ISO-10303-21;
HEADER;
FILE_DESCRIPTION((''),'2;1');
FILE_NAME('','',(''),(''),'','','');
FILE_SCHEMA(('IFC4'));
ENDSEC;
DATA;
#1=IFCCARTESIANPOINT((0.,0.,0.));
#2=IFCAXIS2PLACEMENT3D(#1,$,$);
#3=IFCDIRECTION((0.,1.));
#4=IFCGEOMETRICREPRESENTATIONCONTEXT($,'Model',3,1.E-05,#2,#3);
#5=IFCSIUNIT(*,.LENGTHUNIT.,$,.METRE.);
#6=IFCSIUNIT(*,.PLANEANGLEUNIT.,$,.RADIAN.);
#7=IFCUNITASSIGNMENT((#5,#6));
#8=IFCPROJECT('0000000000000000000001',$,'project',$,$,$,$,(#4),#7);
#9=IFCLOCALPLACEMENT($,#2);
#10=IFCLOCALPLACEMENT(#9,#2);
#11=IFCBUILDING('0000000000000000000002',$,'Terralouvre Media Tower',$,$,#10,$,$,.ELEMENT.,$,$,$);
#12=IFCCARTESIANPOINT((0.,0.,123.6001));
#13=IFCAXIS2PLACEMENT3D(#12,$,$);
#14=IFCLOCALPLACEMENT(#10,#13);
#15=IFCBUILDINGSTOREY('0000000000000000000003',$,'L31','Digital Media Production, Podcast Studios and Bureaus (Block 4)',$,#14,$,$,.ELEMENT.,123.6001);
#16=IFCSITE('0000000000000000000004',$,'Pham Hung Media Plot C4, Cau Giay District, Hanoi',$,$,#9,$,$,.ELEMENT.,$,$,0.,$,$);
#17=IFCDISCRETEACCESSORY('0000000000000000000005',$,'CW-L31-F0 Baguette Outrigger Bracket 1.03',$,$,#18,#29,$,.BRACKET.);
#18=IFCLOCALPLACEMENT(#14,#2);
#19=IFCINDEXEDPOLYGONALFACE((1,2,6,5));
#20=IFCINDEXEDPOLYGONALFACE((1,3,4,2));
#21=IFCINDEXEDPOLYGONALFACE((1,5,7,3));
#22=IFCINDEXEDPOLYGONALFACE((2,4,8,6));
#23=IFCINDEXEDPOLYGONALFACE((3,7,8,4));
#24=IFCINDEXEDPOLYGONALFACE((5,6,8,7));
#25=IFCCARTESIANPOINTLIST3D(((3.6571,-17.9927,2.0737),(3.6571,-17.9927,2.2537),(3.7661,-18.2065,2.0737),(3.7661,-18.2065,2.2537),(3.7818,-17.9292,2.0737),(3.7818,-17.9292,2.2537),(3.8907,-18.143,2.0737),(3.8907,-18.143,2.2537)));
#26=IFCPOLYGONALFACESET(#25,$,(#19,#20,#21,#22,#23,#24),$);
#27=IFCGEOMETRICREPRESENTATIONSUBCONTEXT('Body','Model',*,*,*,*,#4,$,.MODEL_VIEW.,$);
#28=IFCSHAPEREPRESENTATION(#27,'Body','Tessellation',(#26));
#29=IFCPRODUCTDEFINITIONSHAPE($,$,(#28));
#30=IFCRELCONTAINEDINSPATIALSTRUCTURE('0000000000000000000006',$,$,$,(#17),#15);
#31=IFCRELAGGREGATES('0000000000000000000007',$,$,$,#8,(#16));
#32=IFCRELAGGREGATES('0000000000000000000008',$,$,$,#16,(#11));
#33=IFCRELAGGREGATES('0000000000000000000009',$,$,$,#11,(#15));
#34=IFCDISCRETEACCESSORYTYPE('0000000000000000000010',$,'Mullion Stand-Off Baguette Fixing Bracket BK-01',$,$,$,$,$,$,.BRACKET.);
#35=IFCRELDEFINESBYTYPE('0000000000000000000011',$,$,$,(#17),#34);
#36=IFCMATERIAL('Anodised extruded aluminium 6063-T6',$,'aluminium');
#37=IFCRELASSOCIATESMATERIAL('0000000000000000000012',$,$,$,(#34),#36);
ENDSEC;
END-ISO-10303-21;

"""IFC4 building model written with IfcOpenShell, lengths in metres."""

from ifc_helpers import new_model, si_unit, direction, frame, origin, origin_2d, place, context, subcontext, project, spatial, rectangle, extrude, material, type_object, element, save


model = new_model("IFC4")

# Units and contexts
model_context = context("Model", 3, precision=1e-05, world=origin(), true_north=direction((0.0, 1.0)))
body_context = subcontext(model_context, "Body", "Model", "MODEL_VIEW")
ifc_project = project(units=[si_unit("LENGTHUNIT", "METRE"), si_unit("PLANEANGLEUNIT", "RADIAN")], contexts=[model_context])

# Site, building, storey
site_placement = place(None, origin())
site = spatial("IfcSite", under=ifc_project, at=site_placement, Name="Pham Hung Media Plot C4, Cau Giay District, Hanoi", CompositionType="ELEMENT", RefElevation=0.0)
building_placement = place(site_placement, origin())
building = spatial("IfcBuilding", under=site, at=building_placement, Name="Terralouvre Media Tower", CompositionType="ELEMENT")
storey_placement = place(building_placement, frame((0.0, 0.0, 123.6001)))
storey = spatial("IfcBuildingStorey", under=building, at=storey_placement, Name="L31", Description="Digital Media Production, Podcast Studios and Bureaus (Block 4)", CompositionType="ELEMENT", Elevation=123.6001)

# Discrete accessory
ifc_material_1 = material(Name="Anodised extruded aluminium 6063-T6", Category="aluminium")
discrete_accessory_type = type_object("IfcDiscreteAccessoryType", Name="Mullion Stand-Off Baguette Fixing Bracket BK-01", PredefinedType="BRACKET", material=ifc_material_1)
discrete_accessory_placement = place(storey_placement, frame((3.7739, -18.0679, 2.0737), z_axis=(0.0, 0.0, 1.0), x_axis=(0.891007, 0.453991, 0.0)))
element("IfcDiscreteAccessory", 1, at=discrete_accessory_placement, inside=storey, type_object=discrete_accessory_type, Name="CW-L31-F0 Baguette Outrigger Bracket 1.03", PredefinedType="BRACKET", context=body_context, shape_type="SweptSolid", body=[
    extrude(rectangle(XDim=0.1399, YDim=0.24, at=origin_2d()), origin(), (0.0, 0.0, 1.0), 0.1799),
])

save(model, "model.ifc")
